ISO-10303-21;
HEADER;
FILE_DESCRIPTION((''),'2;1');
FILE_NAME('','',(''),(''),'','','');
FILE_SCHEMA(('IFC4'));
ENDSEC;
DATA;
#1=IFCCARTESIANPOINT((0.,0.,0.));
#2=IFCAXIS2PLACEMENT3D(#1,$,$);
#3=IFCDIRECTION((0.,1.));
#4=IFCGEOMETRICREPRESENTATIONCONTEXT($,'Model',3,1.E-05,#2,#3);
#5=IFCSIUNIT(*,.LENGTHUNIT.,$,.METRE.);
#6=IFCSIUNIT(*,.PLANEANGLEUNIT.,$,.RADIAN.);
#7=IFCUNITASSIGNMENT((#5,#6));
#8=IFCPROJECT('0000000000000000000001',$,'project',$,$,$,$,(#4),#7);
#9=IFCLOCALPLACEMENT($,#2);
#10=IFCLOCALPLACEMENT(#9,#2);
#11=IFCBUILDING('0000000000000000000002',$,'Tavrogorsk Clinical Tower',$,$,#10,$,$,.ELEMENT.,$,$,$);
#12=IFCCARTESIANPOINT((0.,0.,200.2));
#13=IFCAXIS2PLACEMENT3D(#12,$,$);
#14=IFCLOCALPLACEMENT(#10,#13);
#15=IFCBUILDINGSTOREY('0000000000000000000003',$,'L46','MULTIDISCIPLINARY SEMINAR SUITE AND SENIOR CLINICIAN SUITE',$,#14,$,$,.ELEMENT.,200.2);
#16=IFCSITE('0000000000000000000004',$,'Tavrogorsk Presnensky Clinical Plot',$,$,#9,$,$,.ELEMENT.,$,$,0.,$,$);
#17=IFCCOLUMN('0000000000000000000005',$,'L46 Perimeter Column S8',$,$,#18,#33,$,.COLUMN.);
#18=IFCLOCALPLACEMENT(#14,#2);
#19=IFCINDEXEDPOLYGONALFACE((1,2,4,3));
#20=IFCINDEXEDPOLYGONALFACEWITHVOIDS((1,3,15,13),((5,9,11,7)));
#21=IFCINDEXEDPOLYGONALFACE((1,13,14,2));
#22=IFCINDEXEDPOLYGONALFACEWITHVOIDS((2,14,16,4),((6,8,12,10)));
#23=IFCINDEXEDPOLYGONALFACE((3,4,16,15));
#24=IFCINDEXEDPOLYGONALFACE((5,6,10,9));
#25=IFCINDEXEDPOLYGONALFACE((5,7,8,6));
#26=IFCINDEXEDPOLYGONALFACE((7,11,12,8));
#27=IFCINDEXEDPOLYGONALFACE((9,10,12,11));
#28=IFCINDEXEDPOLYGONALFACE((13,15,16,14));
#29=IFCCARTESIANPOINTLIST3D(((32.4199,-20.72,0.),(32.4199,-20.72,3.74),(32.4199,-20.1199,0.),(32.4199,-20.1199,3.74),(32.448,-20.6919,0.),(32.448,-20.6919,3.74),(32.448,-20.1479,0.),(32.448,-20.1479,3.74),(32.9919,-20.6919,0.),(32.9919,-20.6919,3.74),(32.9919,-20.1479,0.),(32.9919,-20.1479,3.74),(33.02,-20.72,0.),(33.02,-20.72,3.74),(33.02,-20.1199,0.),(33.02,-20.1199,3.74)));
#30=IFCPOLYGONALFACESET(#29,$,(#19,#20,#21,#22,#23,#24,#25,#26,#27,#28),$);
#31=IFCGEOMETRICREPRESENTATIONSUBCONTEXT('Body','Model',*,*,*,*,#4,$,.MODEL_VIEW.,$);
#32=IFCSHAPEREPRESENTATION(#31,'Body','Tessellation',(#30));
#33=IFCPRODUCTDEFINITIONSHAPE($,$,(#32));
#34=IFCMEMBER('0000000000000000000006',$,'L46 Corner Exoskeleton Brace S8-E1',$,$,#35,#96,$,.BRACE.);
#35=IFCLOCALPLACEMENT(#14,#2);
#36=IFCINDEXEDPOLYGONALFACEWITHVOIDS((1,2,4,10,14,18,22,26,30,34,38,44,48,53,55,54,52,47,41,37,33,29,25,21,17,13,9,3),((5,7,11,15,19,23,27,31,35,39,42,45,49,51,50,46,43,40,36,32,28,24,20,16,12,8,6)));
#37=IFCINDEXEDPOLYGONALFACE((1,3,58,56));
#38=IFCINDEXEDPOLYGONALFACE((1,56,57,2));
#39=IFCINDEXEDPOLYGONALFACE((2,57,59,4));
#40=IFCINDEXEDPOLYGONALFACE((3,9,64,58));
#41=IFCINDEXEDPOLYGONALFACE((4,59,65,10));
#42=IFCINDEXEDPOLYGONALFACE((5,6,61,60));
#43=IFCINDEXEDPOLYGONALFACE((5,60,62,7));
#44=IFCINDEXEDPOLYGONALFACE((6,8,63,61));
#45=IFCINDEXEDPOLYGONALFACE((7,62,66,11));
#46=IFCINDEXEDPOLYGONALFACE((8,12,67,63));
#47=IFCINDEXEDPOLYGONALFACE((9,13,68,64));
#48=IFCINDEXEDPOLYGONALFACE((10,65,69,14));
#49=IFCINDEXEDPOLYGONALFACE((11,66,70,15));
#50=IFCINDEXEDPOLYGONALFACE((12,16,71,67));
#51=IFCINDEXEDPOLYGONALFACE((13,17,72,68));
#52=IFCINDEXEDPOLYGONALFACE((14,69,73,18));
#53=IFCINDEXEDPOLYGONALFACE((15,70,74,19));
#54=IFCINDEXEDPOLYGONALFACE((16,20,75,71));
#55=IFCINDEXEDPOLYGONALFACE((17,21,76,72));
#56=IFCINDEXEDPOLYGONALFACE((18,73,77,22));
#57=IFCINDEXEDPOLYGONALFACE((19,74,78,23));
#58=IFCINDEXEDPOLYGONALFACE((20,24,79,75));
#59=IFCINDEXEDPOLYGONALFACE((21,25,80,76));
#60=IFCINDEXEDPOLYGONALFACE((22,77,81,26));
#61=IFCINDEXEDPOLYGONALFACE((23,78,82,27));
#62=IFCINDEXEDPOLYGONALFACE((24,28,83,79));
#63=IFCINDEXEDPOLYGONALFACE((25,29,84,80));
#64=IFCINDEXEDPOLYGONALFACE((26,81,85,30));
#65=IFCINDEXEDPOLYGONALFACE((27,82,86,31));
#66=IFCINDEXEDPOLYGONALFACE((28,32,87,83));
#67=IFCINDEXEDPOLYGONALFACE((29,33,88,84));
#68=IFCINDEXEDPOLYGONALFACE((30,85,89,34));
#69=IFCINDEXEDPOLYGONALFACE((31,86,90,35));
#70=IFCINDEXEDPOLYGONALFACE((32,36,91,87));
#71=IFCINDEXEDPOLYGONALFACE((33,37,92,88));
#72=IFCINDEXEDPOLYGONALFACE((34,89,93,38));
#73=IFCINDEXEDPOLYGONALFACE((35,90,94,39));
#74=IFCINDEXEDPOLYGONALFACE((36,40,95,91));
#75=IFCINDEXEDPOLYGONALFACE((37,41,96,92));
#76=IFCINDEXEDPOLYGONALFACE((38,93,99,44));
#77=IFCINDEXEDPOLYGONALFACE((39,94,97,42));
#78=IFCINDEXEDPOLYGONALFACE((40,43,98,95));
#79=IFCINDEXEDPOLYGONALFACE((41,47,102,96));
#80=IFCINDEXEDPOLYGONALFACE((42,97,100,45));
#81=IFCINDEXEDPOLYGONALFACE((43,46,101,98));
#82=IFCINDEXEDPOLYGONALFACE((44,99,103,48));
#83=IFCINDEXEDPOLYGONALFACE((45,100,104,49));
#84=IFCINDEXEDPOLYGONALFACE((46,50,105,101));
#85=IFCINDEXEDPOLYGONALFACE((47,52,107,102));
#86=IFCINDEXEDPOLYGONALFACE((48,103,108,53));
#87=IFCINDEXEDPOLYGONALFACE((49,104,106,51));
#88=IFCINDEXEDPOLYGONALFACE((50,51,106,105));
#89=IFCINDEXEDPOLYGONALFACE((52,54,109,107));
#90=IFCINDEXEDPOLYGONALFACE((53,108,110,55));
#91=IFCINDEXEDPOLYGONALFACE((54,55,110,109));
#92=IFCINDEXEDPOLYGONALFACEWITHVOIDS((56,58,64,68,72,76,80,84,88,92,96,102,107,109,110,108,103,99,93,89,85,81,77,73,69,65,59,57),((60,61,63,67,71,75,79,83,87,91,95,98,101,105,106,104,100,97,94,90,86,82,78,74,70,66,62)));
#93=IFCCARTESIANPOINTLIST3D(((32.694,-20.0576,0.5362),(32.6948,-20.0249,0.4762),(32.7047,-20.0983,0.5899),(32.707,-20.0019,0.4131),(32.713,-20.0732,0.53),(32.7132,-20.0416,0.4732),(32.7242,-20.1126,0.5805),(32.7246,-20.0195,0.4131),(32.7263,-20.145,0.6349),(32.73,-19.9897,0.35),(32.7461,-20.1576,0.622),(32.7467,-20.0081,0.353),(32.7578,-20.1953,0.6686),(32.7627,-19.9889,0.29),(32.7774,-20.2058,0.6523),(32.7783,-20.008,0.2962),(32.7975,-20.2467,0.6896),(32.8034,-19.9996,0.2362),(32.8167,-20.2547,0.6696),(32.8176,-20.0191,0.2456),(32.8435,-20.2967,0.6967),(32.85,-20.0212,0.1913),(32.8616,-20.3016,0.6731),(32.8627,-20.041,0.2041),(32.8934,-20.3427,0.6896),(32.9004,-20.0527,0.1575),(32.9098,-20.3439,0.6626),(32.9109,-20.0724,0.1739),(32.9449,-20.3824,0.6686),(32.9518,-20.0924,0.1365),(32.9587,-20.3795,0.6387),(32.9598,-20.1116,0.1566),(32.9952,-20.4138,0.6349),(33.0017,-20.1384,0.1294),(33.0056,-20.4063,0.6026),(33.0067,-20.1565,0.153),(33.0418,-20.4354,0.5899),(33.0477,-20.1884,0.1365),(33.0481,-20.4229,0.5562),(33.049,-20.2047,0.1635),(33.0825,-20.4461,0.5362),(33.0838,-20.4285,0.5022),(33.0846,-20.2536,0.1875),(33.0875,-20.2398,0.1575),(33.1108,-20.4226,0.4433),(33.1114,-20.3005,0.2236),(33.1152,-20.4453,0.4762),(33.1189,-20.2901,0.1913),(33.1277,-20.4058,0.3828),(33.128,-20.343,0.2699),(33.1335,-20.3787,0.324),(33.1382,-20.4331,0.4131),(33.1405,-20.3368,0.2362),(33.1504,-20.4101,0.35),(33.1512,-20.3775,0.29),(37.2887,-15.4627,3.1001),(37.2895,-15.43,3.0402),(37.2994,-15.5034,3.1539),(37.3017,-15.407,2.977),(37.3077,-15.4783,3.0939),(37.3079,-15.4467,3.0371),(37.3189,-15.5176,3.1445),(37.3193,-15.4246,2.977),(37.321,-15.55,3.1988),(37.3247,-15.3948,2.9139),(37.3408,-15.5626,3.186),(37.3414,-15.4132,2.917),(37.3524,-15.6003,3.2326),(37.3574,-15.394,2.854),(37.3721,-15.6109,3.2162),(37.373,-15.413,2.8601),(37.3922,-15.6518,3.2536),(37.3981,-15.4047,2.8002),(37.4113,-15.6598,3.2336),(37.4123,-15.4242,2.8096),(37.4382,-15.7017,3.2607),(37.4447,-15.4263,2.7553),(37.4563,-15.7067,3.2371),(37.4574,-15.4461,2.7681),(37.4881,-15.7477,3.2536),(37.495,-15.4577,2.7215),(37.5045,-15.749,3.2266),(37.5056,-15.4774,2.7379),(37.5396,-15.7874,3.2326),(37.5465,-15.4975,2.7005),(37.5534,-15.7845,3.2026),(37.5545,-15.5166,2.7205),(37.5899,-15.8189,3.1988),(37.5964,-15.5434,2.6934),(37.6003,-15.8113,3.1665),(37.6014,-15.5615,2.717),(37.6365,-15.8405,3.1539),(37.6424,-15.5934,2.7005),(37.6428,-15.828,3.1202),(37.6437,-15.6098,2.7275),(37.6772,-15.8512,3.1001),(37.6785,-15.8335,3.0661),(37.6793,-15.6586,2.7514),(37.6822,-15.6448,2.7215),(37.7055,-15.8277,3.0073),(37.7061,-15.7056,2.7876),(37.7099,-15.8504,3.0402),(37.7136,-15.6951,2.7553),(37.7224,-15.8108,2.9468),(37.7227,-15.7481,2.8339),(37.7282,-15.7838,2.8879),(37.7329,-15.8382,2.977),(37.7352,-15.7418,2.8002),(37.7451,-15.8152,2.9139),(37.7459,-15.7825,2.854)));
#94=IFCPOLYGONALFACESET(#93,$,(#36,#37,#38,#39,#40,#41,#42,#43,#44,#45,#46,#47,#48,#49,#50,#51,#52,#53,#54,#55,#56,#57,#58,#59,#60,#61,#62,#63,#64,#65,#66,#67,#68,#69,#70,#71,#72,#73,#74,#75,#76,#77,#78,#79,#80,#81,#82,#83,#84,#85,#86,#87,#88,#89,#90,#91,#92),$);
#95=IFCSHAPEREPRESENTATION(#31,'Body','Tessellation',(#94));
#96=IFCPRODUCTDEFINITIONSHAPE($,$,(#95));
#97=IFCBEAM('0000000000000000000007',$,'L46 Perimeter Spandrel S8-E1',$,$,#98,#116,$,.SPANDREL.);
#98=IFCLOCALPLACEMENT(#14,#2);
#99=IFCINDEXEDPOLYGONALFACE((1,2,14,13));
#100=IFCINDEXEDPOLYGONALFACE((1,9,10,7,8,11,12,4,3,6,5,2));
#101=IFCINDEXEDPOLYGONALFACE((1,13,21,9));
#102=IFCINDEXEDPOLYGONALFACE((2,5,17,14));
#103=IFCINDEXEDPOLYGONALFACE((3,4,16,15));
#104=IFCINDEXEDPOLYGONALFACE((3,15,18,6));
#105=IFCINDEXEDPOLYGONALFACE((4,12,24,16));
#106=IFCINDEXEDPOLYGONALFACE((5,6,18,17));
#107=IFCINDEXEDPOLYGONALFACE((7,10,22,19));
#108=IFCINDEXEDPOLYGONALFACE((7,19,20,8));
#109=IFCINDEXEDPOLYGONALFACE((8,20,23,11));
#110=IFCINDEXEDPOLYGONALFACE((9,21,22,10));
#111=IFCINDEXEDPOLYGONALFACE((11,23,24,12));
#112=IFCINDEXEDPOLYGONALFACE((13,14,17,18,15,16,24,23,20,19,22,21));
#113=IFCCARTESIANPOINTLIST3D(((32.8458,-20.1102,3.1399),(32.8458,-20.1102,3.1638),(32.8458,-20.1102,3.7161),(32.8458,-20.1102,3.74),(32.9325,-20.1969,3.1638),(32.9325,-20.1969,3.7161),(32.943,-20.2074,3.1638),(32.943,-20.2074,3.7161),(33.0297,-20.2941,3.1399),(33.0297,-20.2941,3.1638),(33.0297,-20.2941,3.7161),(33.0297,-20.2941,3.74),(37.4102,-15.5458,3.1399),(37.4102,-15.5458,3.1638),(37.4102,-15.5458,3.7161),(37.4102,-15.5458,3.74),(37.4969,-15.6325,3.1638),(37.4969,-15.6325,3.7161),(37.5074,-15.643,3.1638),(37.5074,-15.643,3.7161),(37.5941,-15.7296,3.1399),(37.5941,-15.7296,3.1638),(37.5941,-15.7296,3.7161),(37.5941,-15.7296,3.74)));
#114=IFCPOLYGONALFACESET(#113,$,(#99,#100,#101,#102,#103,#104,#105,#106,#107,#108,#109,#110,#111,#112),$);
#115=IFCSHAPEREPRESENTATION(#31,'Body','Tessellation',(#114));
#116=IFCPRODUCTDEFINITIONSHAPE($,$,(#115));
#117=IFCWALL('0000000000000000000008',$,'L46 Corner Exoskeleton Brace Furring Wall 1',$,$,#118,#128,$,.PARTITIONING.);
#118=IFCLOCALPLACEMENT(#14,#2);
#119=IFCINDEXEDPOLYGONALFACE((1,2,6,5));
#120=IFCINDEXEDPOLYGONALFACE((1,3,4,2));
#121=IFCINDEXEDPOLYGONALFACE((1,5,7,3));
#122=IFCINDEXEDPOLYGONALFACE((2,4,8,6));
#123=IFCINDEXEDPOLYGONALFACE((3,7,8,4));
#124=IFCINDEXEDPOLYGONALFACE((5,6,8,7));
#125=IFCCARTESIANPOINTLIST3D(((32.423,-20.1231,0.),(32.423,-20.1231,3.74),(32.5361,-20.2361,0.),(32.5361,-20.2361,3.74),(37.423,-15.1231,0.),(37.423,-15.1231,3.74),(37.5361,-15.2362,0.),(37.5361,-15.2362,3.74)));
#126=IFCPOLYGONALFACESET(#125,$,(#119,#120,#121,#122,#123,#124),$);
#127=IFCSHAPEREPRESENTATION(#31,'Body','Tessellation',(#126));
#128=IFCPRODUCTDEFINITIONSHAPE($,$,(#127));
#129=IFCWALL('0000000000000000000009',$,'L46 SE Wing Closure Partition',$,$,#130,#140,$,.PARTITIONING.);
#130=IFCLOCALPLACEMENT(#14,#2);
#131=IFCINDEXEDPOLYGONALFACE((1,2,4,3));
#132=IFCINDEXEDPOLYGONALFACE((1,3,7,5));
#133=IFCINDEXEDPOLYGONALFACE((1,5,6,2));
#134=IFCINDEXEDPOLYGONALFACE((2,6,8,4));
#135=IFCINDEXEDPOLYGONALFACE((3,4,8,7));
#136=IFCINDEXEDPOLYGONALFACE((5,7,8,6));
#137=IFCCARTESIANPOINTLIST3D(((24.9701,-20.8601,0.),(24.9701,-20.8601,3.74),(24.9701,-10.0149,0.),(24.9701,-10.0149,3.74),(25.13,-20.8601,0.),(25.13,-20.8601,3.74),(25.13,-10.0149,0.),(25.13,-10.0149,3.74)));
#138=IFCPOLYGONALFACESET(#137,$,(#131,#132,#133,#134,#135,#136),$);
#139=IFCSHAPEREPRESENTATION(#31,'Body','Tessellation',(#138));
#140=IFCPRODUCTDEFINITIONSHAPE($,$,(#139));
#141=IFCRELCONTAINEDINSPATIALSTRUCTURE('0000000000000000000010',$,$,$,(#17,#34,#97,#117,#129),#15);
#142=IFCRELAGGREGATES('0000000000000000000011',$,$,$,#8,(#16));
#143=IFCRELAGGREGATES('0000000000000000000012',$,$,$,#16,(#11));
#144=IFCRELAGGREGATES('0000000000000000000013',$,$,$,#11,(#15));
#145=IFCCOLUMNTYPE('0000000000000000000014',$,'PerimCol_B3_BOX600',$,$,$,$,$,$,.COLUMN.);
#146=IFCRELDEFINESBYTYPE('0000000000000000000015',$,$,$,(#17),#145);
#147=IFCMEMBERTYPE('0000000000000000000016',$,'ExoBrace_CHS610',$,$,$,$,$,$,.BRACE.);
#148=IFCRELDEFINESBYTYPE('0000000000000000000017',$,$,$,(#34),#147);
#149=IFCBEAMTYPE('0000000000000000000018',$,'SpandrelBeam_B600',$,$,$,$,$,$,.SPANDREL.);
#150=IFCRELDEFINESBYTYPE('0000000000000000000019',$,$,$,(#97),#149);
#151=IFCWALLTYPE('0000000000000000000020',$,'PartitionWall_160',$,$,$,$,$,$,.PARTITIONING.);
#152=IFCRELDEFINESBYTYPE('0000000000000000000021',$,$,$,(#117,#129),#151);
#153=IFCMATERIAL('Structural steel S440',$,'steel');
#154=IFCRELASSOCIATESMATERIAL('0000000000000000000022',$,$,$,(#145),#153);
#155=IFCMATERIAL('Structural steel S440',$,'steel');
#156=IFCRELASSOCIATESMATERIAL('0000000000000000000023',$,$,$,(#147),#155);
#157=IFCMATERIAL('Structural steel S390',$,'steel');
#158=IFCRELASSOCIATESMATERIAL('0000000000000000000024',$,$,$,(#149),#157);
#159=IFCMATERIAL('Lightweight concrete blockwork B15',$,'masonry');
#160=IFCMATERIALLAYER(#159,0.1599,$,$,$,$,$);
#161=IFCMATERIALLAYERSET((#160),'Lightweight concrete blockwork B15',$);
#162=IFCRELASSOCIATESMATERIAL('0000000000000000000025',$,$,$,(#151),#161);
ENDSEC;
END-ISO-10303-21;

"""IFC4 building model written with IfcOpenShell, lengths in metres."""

from ifc_helpers import new_model, si_unit, direction, frame, frame_2d, origin, origin_2d, place, context, subcontext, project, spatial, rectangle, hollow_rectangle, hollow_circle, i_section, extrude, material, layer, layer_set, material_profile, profile_set, type_object, element, save


model = new_model("IFC4")

# Units and contexts
model_context = context("Model", 3, precision=1e-05, world=origin(), true_north=direction((0.0, 1.0)))
body_context = subcontext(model_context, "Body", "Model", "MODEL_VIEW")
ifc_project = project(units=[si_unit("LENGTHUNIT", "METRE"), si_unit("PLANEANGLEUNIT", "RADIAN")], contexts=[model_context])

# Site, building, storey
site_placement = place(None, origin())
site = spatial("IfcSite", under=ifc_project, at=site_placement, Name="Tavrogorsk Presnensky Clinical Plot", CompositionType="ELEMENT", RefElevation=0.0)
building_placement = place(site_placement, origin())
building = spatial("IfcBuilding", under=site, at=building_placement, Name="Tavrogorsk Clinical Tower", CompositionType="ELEMENT")
storey_placement = place(building_placement, frame((0.0, 0.0, 200.2)))
storey = spatial("IfcBuildingStorey", under=building, at=storey_placement, Name="L46", Description="MULTIDISCIPLINARY SEMINAR SUITE AND SENIOR CLINICIAN SUITE", CompositionType="ELEMENT", Elevation=200.2)

# Column
ifc_material_1 = material(Name="Structural steel S440", Category="steel")
ifc_material_profile_1 = material_profile(ifc_material_1, hollow_rectangle(XDim=0.6001, YDim=0.6001, WallThickness=0.0281, at=origin_2d()), Name="BOX-600x600x28")
ifc_profile_set_1 = profile_set([ifc_material_profile_1], Name="Structural steel S440")
column_type = type_object("IfcColumnType", Name="PerimCol_B3_BOX600", PredefinedType="COLUMN", material=ifc_profile_set_1)
column_placement = place(storey_placement, frame((32.72, -20.4199, 0.0), z_axis=(0.0, 0.0, 1.0), x_axis=(1.0, 0.0, 0.0)))
element("IfcColumn", 1, at=column_placement, inside=storey, type_object=column_type, Name="L46 Perimeter Column S8", PredefinedType="COLUMN", context=body_context, shape_type="SweptSolid", body=[
    extrude(hollow_rectangle(XDim=0.6001, YDim=0.6001, WallThickness=0.0281, at=origin_2d()), origin(), (0.0, 0.0, 1.0), 3.74),
])

# Member
ifc_material_2 = material(Name="Structural steel S440", Category="steel")
ifc_material_profile_2 = material_profile(ifc_material_2, hollow_circle(Radius=0.3049, WallThickness=0.0249, at=origin_2d()), Name="CHS-610x25")
ifc_profile_set_2 = profile_set([ifc_material_profile_2], Name="Structural steel S440")
member_type = type_object("IfcMemberType", Name="ExoBrace_CHS610", PredefinedType="BRACE", material=ifc_profile_set_2)
member_placement = place(storey_placement, frame((32.9226, -20.2175, 0.4131), z_axis=(0.657739, 0.657774, 0.367034), x_axis=(-0.707126, 0.707088, 0.0)))
element("IfcMember", 2, at=member_placement, inside=storey, type_object=member_type, Name="L46 Corner Exoskeleton Brace S8-E1", PredefinedType="BRACE", context=body_context, shape_type="SweptSolid", body=[
    extrude(hollow_circle(Radius=0.3049, WallThickness=0.0249, at=origin_2d()), origin(), (0.0, 0.0, 1.0), 6.9856),
])

# Beam
ifc_material_3 = material(Name="Structural steel S390", Category="steel")
ifc_material_profile_3 = material_profile(ifc_material_3, i_section(OverallWidth=0.26, OverallDepth=0.6001, WebThickness=0.0149, FlangeThickness=0.0239, at=origin_2d()), Name="B-600x260x15x24")
ifc_profile_set_3 = profile_set([ifc_material_profile_3], Name="Structural steel S390")
beam_type = type_object("IfcBeamType", Name="SpandrelBeam_B600", PredefinedType="SPANDREL", material=ifc_profile_set_3)
beam_placement = place(storey_placement, frame((32.9377, -20.2021, 3.4399), z_axis=(0.707107, 0.707107, 0.0), x_axis=(-0.707107, 0.707107, 0.0)))
element("IfcBeam", 3, at=beam_placement, inside=storey, type_object=beam_type, Name="L46 Perimeter Spandrel S8-E1", PredefinedType="SPANDREL", context=body_context, shape_type="SweptSolid", body=[
    extrude(i_section(OverallWidth=0.26, OverallDepth=0.6001, WebThickness=0.0149, FlangeThickness=0.0239, at=origin_2d()), origin(), (0.0, 0.0, 1.0), 6.4551),
])

# Walls
ifc_material_4 = material(Name="Lightweight concrete blockwork B15", Category="masonry")
ifc_layer_1 = layer(ifc_material_4, 0.1599)
ifc_layer_set_1 = layer_set([ifc_layer_1], Name="Lightweight concrete blockwork B15")
wall_type_1 = type_object("IfcWallType", Name="PartitionWall_160", PredefinedType="PARTITIONING", material=ifc_layer_set_1)
wall_1_placement = place(storey_placement, frame((32.4795, -20.1797, 0.0), z_axis=(0.0, 0.0, 1.0), x_axis=(0.707107, 0.707107, 0.0)))
element("IfcWall", 4, at=wall_1_placement, inside=storey, type_object=wall_type_1, Name="L46 Corner Exoskeleton Brace Furring Wall 1", PredefinedType="PARTITIONING", context=body_context, shape_type="SweptSolid", body=[
    extrude(rectangle(XDim=7.071, YDim=0.1599, at=frame_2d((3.5356, 0.0))), origin(), (0.0, 0.0, 1.0), 3.74),
])
wall_2_placement = place(storey_placement, frame((25.05, -20.8601, 0.0), z_axis=(0.0, 0.0, 1.0), x_axis=(0.0, 1.0, 0.0)))
element("IfcWall", 5, at=wall_2_placement, inside=storey, type_object=wall_type_1, Name="L46 SE Wing Closure Partition", PredefinedType="PARTITIONING", context=body_context, shape_type="SweptSolid", body=[
    extrude(rectangle(XDim=10.8452, YDim=0.1599, at=frame_2d((5.4226, 0.0))), origin(), (0.0, 0.0, 1.0), 3.74),
])

save(model, "model.ifc")
